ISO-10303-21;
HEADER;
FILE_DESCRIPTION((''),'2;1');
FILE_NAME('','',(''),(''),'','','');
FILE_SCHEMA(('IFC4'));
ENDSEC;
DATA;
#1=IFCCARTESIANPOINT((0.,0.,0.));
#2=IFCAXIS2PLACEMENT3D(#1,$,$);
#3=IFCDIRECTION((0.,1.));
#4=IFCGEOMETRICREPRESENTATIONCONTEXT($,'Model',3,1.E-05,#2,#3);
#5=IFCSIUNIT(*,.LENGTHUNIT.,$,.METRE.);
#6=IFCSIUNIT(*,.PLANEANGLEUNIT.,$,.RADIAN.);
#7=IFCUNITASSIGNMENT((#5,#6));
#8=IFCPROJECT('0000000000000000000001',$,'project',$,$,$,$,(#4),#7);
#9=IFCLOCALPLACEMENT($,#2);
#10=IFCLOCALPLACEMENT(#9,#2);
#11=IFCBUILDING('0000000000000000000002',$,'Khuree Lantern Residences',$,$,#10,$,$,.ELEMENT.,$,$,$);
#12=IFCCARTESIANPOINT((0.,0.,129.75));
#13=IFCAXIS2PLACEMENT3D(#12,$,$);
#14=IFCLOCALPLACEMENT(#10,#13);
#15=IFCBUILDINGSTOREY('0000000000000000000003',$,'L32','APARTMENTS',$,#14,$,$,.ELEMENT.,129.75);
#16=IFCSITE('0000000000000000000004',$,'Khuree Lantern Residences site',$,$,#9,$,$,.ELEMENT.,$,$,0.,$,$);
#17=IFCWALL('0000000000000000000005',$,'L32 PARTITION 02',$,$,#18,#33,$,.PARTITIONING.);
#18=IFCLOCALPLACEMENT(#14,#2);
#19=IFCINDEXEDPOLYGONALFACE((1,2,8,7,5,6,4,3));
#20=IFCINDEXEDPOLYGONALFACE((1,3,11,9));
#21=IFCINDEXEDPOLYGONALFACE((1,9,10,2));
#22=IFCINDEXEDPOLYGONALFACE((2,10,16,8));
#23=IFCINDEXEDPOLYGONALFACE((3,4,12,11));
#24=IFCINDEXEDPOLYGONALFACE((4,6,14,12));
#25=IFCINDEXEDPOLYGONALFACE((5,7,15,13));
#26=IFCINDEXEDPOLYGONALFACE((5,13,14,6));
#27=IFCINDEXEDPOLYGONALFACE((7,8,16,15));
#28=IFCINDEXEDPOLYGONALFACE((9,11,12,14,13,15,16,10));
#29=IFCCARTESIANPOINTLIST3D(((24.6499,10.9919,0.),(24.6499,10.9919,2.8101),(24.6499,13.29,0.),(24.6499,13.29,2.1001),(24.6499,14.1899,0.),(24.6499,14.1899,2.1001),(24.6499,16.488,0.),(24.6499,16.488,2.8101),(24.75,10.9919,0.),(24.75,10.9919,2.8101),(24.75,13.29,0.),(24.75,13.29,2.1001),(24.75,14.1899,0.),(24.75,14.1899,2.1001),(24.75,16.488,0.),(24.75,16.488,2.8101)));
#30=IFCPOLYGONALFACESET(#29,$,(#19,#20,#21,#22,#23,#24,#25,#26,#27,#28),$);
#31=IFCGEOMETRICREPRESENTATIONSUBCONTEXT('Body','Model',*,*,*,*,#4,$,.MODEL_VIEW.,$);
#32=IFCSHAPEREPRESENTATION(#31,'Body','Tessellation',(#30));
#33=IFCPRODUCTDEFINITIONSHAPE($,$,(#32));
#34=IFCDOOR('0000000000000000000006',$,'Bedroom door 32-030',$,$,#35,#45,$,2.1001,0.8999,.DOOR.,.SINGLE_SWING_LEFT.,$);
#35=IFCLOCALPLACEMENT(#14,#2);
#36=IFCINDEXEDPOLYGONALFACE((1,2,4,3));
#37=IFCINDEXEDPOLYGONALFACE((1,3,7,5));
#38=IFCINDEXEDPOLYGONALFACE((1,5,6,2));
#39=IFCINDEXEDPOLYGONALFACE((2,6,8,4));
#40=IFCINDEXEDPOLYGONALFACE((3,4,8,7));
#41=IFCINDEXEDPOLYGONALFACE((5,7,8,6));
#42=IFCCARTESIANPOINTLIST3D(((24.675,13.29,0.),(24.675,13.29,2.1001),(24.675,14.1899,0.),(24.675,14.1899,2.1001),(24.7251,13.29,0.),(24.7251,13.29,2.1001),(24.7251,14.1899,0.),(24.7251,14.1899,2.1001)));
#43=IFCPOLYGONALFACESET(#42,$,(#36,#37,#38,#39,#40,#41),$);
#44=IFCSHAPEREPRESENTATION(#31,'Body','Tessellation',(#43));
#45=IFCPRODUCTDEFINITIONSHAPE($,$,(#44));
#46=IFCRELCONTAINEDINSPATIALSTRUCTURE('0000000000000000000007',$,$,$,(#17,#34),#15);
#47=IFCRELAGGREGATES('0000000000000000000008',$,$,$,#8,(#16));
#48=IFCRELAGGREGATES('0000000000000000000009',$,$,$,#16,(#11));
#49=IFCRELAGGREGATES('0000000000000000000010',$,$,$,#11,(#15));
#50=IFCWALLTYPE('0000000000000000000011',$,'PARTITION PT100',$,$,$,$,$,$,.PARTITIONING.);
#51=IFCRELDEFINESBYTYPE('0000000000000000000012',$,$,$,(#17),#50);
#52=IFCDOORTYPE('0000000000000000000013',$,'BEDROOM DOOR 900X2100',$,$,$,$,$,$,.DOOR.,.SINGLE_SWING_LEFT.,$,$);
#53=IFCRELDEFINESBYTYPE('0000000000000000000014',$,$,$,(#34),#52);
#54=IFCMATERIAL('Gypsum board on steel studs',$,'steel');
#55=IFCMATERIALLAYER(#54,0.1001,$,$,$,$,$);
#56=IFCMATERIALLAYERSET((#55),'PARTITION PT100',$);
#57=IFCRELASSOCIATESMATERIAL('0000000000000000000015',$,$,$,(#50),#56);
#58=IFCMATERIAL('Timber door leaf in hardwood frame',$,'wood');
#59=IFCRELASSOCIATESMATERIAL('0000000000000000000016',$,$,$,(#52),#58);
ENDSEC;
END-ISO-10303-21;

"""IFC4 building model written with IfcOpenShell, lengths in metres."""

from ifc_helpers import new_model, si_unit, direction, frame, frame_2d, origin, place, context, subcontext, project, spatial, rectangle, extrude, material, layer, layer_set, type_object, element, fill, save


model = new_model("IFC4")

# Units and contexts
model_context = context("Model", 3, precision=1e-05, world=origin(), true_north=direction((0.0, 1.0)))
body_context = subcontext(model_context, "Body", "Model", "MODEL_VIEW")
ifc_project = project(units=[si_unit("LENGTHUNIT", "METRE"), si_unit("PLANEANGLEUNIT", "RADIAN")], contexts=[model_context])

# Site, building, storey
site_placement = place(None, origin())
site = spatial("IfcSite", under=ifc_project, at=site_placement, Name="Khuree Lantern Residences site", CompositionType="ELEMENT", RefElevation=0.0)
building_placement = place(site_placement, origin())
building = spatial("IfcBuilding", under=site, at=building_placement, Name="Khuree Lantern Residences", CompositionType="ELEMENT")
storey_placement = place(building_placement, frame((0.0, 0.0, 129.75)))
storey = spatial("IfcBuildingStorey", under=building, at=storey_placement, Name="L32", Description="APARTMENTS", CompositionType="ELEMENT", Elevation=129.75)

# Shared definitions
ifc_material_1 = material(Name="Gypsum board on steel studs", Category="steel")
ifc_layer_1 = layer(ifc_material_1, 0.1001)
ifc_layer_set_1 = layer_set([ifc_layer_1], Name="PARTITION PT100")
wall_type = type_object("IfcWallType", Name="PARTITION PT100", PredefinedType="PARTITIONING", material=ifc_layer_set_1)

# Shared definitions
ifc_material_2 = material(Name="Timber door leaf in hardwood frame", Category="wood")
door_type_1 = type_object("IfcDoorType", Name="BEDROOM DOOR 900X2100", OperationType="SINGLE_SWING_LEFT", PredefinedType="DOOR", material=ifc_material_2)

# Wall, opening, door
wall_1_placement = place(storey_placement, frame((24.7, 10.9919, 0.0), z_axis=(0.0, 0.0, 1.0), x_axis=(0.0, 1.0, 0.0)))
wall_1 = element("IfcWall", 1, at=wall_1_placement, inside=storey, type_object=wall_type, Name="L32 PARTITION 02", PredefinedType="PARTITIONING", context=body_context, shape_type="SweptSolid", body=[
    extrude(rectangle(XDim=5.4961, YDim=0.1001, at=frame_2d((2.748, 0.0))), origin(), (0.0, 0.0, 1.0), 2.8101),
])
opening_1_placement = place(wall_1_placement, frame((2.2981, 0.0, 0.0)))
opening_1 = element("IfcOpeningElement", 2, at=opening_1_placement, cuts=wall_1, PredefinedType="OPENING", context=body_context, shape_type="SweptSolid", body=[
    extrude(rectangle(XDim=0.8999, YDim=2.1001, at=frame_2d((0.45, 1.05))), frame((0.0, 0.0601, 0.0), z_axis=(0.0, -1.0, 0.0), x_axis=(1.0, 0.0, 0.0)), (0.0, 0.0, 1.0), 0.1201),
])
door_1_placement = place(opening_1_placement, origin())
door_1 = element("IfcDoor", 3, at=door_1_placement, inside=storey, type_object=door_type_1, Name="Bedroom door 32-030", OperationType="SINGLE_SWING_LEFT", OverallHeight=2.1001, OverallWidth=0.8999, PredefinedType="DOOR", context=body_context, shape_type="SweptSolid", body=[
    extrude(rectangle(XDim=0.8999, YDim=2.1001, at=frame_2d((0.45, 1.05))), frame((0.0, 0.0249, 0.0), z_axis=(0.0, -1.0, 0.0), x_axis=(1.0, 0.0, 0.0)), (0.0, 0.0, 1.0), 0.05),
])
fill(opening_1, door_1)

save(model, "model.ifc")
